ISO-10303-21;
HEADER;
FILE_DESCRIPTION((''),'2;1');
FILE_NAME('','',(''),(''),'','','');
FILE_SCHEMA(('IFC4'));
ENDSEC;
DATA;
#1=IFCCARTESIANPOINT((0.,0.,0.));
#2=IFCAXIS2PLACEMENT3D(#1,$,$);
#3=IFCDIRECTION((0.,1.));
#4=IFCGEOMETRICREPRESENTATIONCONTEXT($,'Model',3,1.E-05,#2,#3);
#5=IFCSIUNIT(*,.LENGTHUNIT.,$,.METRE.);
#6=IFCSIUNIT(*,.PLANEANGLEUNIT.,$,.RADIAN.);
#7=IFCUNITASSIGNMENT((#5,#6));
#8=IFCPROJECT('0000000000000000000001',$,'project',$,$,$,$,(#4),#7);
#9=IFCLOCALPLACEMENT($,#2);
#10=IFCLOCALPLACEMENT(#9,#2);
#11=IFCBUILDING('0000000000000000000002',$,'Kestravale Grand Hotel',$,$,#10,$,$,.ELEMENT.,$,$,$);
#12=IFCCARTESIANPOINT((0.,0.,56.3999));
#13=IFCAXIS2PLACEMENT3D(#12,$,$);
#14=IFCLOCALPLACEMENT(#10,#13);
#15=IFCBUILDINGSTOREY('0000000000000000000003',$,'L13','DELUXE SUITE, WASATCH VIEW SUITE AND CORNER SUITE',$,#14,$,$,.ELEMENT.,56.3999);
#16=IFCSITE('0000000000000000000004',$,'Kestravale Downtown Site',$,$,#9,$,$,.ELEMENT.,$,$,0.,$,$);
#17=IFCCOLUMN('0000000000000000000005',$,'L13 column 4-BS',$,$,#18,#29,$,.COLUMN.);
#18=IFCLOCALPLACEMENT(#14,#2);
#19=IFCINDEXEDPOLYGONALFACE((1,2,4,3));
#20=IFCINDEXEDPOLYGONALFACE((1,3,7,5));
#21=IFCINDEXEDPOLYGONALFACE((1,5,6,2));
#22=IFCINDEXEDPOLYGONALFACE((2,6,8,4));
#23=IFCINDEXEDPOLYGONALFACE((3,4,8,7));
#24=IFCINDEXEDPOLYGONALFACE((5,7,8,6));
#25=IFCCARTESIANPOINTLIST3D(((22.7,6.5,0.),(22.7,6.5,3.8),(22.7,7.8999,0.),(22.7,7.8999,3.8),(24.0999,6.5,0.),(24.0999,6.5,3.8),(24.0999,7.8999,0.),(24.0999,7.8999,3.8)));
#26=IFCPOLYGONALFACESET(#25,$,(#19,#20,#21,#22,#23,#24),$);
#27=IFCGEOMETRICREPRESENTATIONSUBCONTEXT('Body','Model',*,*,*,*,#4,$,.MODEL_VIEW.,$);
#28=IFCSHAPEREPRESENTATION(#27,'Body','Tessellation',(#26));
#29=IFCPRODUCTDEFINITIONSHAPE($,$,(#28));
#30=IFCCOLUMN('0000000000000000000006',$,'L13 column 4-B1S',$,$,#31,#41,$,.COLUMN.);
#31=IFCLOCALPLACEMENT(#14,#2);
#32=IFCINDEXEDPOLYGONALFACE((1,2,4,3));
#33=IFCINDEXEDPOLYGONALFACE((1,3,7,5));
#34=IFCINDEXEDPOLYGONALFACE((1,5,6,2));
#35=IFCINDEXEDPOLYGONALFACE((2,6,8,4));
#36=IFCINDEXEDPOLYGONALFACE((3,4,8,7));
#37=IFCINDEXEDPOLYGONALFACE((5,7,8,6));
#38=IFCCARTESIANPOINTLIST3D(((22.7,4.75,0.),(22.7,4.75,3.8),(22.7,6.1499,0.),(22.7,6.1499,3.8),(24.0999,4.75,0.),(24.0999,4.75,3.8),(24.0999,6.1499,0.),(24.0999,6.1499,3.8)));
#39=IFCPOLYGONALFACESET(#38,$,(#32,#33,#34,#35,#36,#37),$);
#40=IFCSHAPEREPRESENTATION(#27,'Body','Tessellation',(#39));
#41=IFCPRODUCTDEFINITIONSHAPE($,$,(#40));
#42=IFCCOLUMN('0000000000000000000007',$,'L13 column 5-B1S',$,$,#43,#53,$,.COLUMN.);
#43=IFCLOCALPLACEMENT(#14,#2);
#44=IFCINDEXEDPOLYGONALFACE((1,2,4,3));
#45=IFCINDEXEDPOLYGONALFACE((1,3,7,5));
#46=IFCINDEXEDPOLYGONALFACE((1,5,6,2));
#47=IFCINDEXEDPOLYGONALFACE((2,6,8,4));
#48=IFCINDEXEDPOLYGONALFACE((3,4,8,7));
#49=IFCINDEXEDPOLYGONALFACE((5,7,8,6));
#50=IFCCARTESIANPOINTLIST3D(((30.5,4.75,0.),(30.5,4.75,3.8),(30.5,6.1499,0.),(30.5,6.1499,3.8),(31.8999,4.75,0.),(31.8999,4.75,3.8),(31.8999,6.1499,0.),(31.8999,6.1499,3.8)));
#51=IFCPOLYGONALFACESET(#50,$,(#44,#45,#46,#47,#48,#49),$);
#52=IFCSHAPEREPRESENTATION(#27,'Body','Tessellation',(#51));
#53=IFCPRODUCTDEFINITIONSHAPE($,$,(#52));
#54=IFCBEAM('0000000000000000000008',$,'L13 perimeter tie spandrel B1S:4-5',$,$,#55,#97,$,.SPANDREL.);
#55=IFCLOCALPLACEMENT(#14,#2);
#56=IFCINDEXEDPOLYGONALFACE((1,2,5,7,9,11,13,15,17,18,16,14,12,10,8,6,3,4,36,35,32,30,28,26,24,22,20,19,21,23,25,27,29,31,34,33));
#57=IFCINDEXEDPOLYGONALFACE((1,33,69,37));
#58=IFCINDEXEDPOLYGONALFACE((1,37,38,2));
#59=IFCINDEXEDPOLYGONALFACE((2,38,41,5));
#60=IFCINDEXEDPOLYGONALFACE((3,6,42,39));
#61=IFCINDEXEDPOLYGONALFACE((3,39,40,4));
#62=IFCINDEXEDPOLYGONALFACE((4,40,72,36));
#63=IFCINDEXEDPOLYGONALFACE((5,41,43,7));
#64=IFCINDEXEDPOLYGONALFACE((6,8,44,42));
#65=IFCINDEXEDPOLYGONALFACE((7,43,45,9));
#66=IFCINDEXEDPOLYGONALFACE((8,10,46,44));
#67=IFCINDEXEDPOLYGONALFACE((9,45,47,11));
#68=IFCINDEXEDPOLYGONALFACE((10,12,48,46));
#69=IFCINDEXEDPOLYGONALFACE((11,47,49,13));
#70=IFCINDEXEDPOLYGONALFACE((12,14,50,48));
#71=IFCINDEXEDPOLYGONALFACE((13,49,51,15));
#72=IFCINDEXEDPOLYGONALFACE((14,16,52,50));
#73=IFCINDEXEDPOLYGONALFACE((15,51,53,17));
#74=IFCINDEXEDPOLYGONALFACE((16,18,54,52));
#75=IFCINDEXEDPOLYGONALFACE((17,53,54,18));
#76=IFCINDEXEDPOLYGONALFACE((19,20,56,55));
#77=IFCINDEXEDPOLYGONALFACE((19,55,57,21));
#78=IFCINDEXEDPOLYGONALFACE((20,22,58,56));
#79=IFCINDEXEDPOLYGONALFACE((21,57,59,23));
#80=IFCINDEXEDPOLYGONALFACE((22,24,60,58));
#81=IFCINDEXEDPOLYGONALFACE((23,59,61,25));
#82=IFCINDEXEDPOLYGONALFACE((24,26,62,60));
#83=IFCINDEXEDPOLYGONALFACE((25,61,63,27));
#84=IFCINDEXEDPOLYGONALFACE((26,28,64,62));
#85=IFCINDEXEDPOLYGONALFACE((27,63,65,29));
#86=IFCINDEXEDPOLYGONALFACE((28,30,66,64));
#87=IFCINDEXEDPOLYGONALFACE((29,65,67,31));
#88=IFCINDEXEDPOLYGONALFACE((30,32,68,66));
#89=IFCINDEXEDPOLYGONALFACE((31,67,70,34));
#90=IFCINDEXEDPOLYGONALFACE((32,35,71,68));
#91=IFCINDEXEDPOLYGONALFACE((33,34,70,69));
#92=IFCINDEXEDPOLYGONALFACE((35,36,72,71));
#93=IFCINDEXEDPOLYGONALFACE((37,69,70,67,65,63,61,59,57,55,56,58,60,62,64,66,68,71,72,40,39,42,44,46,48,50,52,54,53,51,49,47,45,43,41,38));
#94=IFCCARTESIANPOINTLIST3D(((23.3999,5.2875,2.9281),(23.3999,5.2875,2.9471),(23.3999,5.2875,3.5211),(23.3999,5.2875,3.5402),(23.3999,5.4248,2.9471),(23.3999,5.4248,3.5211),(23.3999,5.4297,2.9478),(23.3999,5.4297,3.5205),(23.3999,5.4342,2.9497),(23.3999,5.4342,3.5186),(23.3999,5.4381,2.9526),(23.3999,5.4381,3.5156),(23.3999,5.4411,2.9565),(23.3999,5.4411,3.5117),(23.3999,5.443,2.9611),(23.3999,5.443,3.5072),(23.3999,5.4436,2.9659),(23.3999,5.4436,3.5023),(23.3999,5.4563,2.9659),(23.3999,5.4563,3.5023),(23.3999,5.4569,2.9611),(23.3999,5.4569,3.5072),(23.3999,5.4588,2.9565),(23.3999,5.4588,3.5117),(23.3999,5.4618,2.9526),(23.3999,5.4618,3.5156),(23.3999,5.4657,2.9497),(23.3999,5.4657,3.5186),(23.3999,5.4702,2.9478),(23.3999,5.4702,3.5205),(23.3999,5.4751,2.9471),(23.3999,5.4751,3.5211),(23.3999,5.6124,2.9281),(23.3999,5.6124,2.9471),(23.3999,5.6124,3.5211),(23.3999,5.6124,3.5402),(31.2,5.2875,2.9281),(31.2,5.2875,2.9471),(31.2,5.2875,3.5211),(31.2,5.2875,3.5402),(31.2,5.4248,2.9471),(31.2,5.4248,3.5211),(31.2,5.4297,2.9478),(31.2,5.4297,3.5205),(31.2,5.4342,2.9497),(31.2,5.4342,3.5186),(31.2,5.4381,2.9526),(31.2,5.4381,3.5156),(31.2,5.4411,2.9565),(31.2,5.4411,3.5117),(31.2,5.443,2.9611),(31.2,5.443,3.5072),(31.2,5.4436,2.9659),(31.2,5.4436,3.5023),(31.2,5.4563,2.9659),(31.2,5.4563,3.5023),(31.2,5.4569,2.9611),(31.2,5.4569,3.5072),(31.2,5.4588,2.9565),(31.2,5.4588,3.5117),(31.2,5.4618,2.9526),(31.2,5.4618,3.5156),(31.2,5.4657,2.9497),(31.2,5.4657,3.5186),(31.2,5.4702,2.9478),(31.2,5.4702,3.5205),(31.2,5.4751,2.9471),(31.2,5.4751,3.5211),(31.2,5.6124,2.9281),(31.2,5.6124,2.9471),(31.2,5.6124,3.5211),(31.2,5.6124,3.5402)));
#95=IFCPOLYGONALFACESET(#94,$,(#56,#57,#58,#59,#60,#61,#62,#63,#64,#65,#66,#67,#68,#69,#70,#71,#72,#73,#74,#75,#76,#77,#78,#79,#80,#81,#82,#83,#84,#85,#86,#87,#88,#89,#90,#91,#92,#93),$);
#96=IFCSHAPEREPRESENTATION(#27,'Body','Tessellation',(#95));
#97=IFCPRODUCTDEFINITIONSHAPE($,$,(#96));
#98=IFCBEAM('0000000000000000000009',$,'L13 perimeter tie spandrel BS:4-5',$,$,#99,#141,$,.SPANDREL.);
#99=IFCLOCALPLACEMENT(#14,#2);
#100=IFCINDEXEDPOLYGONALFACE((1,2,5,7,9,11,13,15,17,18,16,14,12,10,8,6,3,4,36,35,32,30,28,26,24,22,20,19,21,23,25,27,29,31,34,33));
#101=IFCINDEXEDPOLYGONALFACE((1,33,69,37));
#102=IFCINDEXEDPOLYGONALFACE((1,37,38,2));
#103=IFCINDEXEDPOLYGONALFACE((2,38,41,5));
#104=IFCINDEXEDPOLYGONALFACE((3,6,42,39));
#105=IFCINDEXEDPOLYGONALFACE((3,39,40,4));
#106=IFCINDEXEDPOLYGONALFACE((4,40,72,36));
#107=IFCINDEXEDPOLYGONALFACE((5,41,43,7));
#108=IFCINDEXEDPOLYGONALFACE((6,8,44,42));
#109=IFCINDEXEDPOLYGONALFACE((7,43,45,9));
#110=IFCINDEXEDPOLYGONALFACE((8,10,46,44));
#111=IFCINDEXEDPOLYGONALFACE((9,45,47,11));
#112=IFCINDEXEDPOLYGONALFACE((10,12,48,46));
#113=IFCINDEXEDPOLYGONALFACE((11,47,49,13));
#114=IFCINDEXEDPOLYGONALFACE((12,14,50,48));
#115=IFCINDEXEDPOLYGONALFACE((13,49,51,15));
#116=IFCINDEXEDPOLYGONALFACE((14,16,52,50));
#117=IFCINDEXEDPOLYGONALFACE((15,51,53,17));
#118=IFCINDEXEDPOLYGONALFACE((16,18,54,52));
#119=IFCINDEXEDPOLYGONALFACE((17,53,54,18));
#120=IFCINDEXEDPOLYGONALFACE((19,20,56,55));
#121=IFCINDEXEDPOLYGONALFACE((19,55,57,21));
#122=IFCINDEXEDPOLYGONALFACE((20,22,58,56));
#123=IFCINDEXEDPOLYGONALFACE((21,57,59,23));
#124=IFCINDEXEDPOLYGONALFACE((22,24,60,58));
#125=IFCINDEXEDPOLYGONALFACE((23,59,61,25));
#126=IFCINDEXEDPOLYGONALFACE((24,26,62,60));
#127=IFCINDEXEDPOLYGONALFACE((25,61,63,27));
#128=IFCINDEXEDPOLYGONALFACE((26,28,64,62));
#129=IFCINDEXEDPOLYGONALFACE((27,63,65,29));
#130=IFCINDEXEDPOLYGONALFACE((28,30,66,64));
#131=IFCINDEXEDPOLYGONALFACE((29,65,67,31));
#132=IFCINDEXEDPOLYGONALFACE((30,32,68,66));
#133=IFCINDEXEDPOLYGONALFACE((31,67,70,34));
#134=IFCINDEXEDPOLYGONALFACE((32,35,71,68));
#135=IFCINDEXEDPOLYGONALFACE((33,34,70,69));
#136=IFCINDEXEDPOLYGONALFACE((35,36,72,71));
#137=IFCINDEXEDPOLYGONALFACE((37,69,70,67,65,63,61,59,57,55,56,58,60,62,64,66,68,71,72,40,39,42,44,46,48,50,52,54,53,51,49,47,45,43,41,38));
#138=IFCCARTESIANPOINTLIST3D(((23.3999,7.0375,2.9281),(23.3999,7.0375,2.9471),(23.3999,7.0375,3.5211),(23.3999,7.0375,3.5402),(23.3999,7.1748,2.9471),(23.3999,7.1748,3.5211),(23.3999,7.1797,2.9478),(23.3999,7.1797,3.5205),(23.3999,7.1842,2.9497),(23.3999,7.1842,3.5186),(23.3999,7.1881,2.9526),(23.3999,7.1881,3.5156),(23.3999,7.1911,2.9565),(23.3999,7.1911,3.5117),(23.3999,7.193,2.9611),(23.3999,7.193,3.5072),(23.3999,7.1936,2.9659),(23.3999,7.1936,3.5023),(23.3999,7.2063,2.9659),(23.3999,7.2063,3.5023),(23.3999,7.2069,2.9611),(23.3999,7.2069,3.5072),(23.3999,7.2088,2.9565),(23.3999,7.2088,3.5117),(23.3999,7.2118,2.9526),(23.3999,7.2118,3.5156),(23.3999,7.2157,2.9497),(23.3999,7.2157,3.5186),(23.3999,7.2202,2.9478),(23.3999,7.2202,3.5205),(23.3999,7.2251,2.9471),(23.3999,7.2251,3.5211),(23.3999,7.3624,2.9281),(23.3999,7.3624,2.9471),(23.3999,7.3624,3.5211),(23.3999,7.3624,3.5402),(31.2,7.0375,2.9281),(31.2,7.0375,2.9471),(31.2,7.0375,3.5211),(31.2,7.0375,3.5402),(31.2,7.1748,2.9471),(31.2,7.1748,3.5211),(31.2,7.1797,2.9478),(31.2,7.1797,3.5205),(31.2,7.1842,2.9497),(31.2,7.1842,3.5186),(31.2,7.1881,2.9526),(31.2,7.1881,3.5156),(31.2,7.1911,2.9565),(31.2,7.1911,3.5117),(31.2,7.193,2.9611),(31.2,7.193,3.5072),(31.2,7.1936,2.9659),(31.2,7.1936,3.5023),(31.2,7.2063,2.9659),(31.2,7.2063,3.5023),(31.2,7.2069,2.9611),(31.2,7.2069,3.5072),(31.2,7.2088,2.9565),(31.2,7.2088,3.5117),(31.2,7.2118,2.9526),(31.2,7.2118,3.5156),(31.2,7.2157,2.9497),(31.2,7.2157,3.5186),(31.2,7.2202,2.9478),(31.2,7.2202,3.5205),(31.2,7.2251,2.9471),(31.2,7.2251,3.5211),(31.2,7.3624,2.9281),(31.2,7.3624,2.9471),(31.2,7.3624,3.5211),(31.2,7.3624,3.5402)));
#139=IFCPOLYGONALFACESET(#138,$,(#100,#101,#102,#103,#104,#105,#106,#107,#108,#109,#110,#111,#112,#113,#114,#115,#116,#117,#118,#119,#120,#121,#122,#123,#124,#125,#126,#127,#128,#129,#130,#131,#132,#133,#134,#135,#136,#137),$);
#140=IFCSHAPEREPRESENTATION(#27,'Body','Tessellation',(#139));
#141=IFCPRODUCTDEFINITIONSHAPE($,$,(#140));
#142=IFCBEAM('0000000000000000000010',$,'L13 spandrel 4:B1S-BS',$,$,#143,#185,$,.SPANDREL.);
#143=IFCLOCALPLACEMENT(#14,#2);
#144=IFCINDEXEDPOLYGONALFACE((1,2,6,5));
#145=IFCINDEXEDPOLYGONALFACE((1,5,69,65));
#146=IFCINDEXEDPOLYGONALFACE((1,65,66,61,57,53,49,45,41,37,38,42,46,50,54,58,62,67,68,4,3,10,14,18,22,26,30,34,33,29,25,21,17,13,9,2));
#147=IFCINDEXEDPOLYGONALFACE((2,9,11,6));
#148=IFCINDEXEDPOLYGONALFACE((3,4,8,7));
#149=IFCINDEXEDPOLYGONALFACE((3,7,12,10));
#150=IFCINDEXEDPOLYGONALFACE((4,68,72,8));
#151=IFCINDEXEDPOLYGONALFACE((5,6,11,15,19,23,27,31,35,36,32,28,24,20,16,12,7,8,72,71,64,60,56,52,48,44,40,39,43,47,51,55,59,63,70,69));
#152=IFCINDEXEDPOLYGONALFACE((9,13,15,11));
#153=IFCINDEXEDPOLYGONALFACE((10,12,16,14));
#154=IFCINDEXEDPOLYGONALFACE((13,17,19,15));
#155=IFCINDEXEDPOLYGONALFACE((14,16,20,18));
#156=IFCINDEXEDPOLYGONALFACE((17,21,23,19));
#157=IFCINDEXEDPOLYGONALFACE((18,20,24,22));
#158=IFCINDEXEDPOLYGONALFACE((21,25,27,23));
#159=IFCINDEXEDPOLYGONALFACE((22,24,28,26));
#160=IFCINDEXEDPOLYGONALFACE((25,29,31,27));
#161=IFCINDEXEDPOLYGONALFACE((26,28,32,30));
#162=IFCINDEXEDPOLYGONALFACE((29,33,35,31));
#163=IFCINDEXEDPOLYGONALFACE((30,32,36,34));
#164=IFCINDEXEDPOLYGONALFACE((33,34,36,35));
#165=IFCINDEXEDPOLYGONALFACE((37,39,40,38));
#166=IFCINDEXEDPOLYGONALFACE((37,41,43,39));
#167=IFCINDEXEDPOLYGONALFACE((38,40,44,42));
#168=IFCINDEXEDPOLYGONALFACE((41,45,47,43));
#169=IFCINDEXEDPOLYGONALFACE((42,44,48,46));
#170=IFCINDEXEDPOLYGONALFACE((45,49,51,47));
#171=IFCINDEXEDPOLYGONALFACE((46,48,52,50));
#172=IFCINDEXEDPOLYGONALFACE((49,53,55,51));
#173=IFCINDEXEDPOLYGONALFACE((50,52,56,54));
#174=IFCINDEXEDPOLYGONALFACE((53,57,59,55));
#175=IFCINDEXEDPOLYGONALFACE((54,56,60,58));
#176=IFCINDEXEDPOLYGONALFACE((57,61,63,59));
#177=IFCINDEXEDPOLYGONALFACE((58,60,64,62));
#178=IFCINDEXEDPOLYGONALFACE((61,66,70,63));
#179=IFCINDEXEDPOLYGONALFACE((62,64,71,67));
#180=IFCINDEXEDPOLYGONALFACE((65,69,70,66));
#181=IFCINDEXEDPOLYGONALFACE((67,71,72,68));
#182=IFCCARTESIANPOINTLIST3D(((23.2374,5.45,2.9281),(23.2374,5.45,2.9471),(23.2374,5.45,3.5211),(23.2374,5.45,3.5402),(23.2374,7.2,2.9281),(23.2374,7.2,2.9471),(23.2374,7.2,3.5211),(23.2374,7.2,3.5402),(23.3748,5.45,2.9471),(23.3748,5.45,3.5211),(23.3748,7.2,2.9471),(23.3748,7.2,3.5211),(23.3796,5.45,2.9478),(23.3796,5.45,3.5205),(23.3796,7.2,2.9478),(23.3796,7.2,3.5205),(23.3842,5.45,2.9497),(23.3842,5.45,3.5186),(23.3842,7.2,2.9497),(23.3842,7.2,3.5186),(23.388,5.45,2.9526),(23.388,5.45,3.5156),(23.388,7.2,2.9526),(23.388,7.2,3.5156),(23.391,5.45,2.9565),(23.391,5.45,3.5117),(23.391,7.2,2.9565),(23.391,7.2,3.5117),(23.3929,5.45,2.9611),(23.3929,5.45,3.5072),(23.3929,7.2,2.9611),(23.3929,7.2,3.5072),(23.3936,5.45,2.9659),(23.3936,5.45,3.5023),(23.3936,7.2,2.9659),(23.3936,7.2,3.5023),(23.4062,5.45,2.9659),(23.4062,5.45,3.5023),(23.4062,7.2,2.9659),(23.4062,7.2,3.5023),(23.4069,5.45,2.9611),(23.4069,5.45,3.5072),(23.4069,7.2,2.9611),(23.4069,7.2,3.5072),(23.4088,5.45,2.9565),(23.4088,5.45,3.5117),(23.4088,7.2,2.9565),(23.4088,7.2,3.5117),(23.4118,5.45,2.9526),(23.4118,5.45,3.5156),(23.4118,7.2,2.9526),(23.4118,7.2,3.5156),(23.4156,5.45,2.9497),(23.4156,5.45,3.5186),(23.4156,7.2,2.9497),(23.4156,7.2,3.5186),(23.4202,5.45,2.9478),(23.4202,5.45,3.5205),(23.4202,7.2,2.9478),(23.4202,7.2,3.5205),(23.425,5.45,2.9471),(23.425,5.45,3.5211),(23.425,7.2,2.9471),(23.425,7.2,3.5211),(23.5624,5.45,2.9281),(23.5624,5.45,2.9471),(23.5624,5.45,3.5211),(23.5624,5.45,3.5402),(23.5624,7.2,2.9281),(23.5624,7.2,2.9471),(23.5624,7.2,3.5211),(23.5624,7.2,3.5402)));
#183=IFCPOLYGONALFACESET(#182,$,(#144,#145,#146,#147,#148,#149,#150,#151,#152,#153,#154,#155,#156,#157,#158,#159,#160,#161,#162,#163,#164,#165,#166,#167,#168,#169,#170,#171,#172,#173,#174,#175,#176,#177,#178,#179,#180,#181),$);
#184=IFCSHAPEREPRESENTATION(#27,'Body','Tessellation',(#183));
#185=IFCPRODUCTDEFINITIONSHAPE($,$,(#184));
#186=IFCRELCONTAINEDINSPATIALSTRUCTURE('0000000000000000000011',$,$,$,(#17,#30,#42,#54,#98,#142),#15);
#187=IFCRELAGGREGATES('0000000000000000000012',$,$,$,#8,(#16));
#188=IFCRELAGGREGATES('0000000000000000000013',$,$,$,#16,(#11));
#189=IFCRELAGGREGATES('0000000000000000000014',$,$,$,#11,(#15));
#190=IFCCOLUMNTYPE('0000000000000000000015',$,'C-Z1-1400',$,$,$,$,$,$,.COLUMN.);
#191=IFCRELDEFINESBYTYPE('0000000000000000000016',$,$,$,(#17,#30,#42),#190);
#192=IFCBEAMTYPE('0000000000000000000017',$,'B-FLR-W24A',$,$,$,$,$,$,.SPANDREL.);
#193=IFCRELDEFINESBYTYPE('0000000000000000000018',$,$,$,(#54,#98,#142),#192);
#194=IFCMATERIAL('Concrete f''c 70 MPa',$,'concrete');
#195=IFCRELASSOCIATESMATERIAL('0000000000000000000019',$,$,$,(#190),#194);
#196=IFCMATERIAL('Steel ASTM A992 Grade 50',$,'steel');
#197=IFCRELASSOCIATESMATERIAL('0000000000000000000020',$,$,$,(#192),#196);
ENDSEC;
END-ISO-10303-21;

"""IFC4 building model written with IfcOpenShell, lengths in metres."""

from ifc_helpers import new_model, si_unit, direction, frame, origin, origin_2d, place, context, subcontext, project, spatial, rectangle, i_section, extrude, material, material_profile, profile_set, type_object, element, save


model = new_model("IFC4")

# Units and contexts
model_context = context("Model", 3, precision=1e-05, world=origin(), true_north=direction((0.0, 1.0)))
body_context = subcontext(model_context, "Body", "Model", "MODEL_VIEW")
ifc_project = project(units=[si_unit("LENGTHUNIT", "METRE"), si_unit("PLANEANGLEUNIT", "RADIAN")], contexts=[model_context])

# Site, building, storey
site_placement = place(None, origin())
site = spatial("IfcSite", under=ifc_project, at=site_placement, Name="Kestravale Downtown Site", CompositionType="ELEMENT", RefElevation=0.0)
building_placement = place(site_placement, origin())
building = spatial("IfcBuilding", under=site, at=building_placement, Name="Kestravale Grand Hotel", CompositionType="ELEMENT")
storey_placement = place(building_placement, frame((0.0, 0.0, 56.3999)))
storey = spatial("IfcBuildingStorey", under=building, at=storey_placement, Name="L13", Description="DELUXE SUITE, WASATCH VIEW SUITE AND CORNER SUITE", CompositionType="ELEMENT", Elevation=56.3999)

# Columns
ifc_material_1 = material(Name="Concrete f'c 70 MPa", Category="concrete")
ifc_material_profile_1 = material_profile(ifc_material_1, rectangle(XDim=1.3999, YDim=1.3999, at=origin_2d()))
ifc_profile_set_1 = profile_set([ifc_material_profile_1], Name="Concrete f'c 70 MPa")
column_type = type_object("IfcColumnType", Name="C-Z1-1400", PredefinedType="COLUMN", material=ifc_profile_set_1)
for number, where, z_axis, x_axis, name in (
    (1, (23.3999, 7.2, 0.0), (0.0, 0.0, 1.0), (1.0, 0.0, 0.0), "L13 column 4-BS"),
    (2, (23.3999, 5.45, 0.0), (0.0, 0.0, 1.0), (1.0, 0.0, 0.0), "L13 column 4-B1S"),
    (3, (31.2, 5.45, 0.0), (0.0, 0.0, 1.0), (1.0, 0.0, 0.0), "L13 column 5-B1S"),
):
    element("IfcColumn", number, at=place(storey_placement, frame(where, z_axis=z_axis, x_axis=x_axis)), inside=storey, type_object=column_type, Name=name, PredefinedType="COLUMN", context=body_context, shape_type="SweptSolid", body=[
        extrude(rectangle(XDim=1.3999, YDim=1.3999, at=origin_2d()), origin(), (0.0, 0.0, 1.0), 3.8),
    ])

# Beams
ifc_material_2 = material(Name="Steel ASTM A992 Grade 50", Category="steel")
ifc_material_profile_2 = material_profile(ifc_material_2, i_section(OverallWidth=0.325, OverallDepth=0.6121, WebThickness=0.0127, FlangeThickness=0.019, FilletRadius=0.0188, at=origin_2d()))
ifc_profile_set_2 = profile_set([ifc_material_profile_2], Name="Steel ASTM A992 Grade 50")
beam_type_1 = type_object("IfcBeamType", Name="B-FLR-W24A", PredefinedType="SPANDREL", material=ifc_profile_set_2)
for number, where, z_axis, x_axis, name in (
    (4, (23.3999, 5.45, 3.2341), (1.0, 0.0, 0.0), (0.0, 1.0, 0.0), "L13 perimeter tie spandrel B1S:4-5"),
    (5, (23.3999, 7.2, 3.2341), (1.0, 0.0, 0.0), (0.0, 1.0, 0.0), "L13 perimeter tie spandrel BS:4-5"),
):
    element("IfcBeam", number, at=place(storey_placement, frame(where, z_axis=z_axis, x_axis=x_axis)), inside=storey, type_object=beam_type_1, Name=name, PredefinedType="SPANDREL", context=body_context, shape_type="SweptSolid", body=[
        extrude(i_section(OverallWidth=0.325, OverallDepth=0.6121, WebThickness=0.0127, FlangeThickness=0.019, FilletRadius=0.0188, at=origin_2d()), origin(), (0.0, 0.0, 1.0), 7.8),
    ])
for number, where, z_axis, x_axis, name in (
    (6, (23.3999, 5.45, 3.2341), (0.0, 1.0, 0.0), (-1.0, 0.0, 0.0), "L13 spandrel 4:B1S-BS"),
):
    element("IfcBeam", number, at=place(storey_placement, frame(where, z_axis=z_axis, x_axis=x_axis)), inside=storey, type_object=beam_type_1, Name=name, PredefinedType="SPANDREL", context=body_context, shape_type="SweptSolid", body=[
        extrude(i_section(OverallWidth=0.325, OverallDepth=0.6121, WebThickness=0.0127, FlangeThickness=0.019, FilletRadius=0.0188, at=origin_2d()), origin(), (0.0, 0.0, 1.0), 1.75),
    ])

save(model, "model.ifc")
